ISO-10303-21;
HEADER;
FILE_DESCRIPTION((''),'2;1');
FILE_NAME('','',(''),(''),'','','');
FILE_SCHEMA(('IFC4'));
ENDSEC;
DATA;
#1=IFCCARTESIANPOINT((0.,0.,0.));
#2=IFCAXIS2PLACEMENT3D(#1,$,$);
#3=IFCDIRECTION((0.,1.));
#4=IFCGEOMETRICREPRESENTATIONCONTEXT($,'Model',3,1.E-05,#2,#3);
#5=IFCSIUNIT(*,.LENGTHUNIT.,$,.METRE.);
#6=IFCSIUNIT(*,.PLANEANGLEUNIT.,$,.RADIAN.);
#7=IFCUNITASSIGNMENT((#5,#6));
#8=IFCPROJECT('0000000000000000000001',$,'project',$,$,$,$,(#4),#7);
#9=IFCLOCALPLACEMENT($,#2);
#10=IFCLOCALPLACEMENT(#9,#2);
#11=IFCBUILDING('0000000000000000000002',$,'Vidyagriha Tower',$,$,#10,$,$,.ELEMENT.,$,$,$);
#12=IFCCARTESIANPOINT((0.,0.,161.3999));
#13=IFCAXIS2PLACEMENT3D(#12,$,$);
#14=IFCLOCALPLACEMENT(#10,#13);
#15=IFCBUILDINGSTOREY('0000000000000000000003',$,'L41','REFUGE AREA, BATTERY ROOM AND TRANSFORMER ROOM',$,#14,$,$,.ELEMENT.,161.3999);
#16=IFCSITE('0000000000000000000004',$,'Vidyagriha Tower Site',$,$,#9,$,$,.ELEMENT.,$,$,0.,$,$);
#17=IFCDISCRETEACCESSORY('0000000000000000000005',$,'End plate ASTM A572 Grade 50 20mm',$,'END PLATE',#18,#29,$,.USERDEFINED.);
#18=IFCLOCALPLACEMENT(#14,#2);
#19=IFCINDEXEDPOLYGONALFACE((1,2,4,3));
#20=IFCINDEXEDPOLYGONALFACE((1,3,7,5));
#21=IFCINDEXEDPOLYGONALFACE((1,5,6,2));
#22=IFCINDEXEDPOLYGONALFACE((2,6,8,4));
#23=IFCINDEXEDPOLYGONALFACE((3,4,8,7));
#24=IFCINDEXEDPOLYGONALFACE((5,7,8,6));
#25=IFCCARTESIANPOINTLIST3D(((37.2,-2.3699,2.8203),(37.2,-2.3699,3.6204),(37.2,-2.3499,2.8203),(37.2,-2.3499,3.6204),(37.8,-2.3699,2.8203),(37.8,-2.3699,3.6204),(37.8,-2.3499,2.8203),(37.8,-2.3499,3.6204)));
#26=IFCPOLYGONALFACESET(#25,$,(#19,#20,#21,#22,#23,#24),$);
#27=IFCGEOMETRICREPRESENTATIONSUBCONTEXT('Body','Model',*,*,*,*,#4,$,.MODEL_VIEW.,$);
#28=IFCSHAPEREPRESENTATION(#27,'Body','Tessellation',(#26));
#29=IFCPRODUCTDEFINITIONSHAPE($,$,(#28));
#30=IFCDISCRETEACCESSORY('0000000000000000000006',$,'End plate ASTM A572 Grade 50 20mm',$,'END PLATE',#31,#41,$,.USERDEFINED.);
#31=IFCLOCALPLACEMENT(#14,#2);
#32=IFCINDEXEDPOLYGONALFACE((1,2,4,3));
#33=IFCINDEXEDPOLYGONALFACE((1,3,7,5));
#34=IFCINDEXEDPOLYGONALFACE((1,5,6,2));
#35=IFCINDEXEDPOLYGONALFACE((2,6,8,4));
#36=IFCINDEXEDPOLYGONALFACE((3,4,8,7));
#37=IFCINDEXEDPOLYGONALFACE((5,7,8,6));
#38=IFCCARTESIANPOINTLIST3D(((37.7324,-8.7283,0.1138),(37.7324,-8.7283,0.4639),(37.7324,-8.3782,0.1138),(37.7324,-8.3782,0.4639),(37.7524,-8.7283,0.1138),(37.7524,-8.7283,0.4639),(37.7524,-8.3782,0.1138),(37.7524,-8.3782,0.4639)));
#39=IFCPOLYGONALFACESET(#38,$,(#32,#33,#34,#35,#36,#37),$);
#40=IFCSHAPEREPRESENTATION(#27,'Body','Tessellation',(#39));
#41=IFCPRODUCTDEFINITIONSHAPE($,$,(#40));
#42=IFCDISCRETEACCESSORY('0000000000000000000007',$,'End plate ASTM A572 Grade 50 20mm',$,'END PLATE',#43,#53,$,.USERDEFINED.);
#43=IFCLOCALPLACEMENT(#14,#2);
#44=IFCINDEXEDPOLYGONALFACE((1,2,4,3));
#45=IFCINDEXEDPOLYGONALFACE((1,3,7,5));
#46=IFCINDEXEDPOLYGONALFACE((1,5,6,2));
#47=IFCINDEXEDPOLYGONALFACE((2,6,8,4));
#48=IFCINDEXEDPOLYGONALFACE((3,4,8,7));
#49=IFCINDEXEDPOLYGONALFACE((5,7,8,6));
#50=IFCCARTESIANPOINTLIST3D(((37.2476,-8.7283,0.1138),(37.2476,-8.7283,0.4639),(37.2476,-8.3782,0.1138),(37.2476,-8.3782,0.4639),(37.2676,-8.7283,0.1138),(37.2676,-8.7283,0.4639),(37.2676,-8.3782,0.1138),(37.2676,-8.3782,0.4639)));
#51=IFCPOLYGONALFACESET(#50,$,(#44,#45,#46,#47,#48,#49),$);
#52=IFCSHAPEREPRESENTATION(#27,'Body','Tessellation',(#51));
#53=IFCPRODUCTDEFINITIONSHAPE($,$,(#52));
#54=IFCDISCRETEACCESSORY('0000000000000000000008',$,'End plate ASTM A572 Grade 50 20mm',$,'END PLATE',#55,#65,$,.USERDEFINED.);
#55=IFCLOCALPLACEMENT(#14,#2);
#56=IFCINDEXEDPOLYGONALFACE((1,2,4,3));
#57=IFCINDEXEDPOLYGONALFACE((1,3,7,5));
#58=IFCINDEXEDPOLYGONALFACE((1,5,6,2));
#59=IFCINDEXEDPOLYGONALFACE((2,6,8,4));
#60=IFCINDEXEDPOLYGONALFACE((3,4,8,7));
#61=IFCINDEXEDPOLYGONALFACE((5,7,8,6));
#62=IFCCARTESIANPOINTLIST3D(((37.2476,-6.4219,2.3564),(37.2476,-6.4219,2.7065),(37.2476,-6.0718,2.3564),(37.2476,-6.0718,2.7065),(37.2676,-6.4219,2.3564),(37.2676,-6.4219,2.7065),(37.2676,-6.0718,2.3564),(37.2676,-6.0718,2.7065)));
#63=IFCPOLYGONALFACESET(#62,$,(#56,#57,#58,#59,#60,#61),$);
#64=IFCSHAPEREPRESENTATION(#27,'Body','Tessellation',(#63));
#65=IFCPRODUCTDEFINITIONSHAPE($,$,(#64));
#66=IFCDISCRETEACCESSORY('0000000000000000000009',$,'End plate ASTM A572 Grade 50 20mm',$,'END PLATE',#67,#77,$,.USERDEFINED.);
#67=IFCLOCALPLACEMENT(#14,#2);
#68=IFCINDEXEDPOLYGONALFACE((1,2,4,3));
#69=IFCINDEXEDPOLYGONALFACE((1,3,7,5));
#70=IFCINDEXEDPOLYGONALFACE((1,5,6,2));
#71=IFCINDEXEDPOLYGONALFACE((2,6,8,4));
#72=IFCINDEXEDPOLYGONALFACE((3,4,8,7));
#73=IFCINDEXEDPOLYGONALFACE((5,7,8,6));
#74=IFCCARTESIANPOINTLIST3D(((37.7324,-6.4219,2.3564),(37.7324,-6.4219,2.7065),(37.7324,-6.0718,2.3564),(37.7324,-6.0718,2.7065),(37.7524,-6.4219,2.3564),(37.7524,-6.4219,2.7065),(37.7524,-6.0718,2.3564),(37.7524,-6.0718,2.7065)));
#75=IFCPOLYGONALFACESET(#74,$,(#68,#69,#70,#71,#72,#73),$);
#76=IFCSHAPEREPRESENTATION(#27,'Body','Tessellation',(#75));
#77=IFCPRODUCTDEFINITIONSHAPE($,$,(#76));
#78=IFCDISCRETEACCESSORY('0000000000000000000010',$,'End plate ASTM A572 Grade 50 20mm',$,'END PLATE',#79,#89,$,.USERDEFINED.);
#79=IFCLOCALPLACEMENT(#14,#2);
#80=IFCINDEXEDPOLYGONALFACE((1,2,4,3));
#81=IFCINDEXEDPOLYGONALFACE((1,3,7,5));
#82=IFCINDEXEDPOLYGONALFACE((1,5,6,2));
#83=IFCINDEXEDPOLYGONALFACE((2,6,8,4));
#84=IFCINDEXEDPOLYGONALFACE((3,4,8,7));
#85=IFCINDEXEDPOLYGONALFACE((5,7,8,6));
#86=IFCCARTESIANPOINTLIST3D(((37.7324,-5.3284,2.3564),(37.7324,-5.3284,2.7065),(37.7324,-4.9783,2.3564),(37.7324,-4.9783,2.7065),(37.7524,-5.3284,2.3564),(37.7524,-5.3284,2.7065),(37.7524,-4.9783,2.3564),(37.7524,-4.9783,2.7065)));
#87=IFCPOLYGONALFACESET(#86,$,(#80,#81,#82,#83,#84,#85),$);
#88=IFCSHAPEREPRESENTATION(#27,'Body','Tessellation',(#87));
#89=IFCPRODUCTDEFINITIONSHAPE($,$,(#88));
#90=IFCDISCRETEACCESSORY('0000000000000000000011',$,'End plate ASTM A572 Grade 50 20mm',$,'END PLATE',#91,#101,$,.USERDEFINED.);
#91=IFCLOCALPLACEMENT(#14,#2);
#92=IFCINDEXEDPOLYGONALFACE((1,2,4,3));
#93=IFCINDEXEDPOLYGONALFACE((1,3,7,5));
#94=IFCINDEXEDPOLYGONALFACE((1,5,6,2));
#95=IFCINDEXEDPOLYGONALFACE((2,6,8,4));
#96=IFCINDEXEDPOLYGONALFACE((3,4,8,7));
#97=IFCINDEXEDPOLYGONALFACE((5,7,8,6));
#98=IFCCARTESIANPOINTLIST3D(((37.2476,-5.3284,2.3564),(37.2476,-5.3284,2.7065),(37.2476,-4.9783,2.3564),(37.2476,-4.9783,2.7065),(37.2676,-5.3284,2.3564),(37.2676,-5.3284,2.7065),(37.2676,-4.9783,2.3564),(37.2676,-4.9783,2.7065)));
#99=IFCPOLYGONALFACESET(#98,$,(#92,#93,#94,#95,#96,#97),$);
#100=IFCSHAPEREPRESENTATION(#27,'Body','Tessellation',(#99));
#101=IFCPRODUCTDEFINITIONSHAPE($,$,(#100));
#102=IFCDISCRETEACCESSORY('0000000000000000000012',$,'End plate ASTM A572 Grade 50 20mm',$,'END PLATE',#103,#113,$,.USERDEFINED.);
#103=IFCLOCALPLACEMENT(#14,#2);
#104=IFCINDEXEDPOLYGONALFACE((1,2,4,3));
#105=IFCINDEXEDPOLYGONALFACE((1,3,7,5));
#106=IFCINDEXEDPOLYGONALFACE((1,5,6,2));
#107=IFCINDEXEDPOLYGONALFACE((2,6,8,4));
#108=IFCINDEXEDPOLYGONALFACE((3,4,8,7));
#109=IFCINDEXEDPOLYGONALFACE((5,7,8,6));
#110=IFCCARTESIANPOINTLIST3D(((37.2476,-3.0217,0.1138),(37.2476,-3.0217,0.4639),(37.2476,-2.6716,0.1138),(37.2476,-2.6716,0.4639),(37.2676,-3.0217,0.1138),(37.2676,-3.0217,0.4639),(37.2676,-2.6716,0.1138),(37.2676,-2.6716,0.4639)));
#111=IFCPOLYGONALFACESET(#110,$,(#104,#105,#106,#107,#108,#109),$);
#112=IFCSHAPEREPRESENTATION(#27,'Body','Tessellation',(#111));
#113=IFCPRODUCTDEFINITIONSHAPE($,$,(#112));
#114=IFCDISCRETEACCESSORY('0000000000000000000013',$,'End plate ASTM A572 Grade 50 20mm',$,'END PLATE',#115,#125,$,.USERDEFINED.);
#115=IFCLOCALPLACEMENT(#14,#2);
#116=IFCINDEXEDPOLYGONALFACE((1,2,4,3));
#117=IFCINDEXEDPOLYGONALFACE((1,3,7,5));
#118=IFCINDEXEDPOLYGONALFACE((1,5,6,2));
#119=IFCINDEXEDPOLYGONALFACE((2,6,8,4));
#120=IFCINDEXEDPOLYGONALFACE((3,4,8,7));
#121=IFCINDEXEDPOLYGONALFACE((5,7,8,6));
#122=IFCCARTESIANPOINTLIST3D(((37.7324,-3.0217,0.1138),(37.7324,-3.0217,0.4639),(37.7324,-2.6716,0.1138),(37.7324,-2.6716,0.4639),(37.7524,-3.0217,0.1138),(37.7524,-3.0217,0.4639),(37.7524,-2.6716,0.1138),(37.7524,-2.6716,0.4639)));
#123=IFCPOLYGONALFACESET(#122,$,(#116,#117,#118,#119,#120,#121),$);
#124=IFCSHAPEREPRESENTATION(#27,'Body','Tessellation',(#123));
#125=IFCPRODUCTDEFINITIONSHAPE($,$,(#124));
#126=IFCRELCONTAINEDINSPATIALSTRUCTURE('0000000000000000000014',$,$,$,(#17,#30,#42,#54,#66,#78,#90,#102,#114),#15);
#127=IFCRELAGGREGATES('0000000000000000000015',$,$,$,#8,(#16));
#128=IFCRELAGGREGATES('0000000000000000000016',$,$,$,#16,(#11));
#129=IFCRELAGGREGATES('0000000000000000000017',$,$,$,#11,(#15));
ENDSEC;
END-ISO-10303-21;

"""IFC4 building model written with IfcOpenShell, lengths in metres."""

from ifc_helpers import new_model, si_unit, direction, frame, origin, origin_2d, place, context, subcontext, project, spatial, rectangle, extrude, element, save


model = new_model("IFC4")

# Units and contexts
model_context = context("Model", 3, precision=1e-05, world=origin(), true_north=direction((0.0, 1.0)))
body_context = subcontext(model_context, "Body", "Model", "MODEL_VIEW")
ifc_project = project(units=[si_unit("LENGTHUNIT", "METRE"), si_unit("PLANEANGLEUNIT", "RADIAN")], contexts=[model_context])

# Site, building, storey
site_placement = place(None, origin())
site = spatial("IfcSite", under=ifc_project, at=site_placement, Name="Vidyagriha Tower Site", CompositionType="ELEMENT", RefElevation=0.0)
building_placement = place(site_placement, origin())
building = spatial("IfcBuilding", under=site, at=building_placement, Name="Vidyagriha Tower", CompositionType="ELEMENT")
storey_placement = place(building_placement, frame((0.0, 0.0, 161.3999)))
storey = spatial("IfcBuildingStorey", under=building, at=storey_placement, Name="L41", Description="REFUGE AREA, BATTERY ROOM AND TRANSFORMER ROOM", CompositionType="ELEMENT", Elevation=161.3999)

# Discrete accessories
discrete_accessory_placement = place(storey_placement, frame((37.5, -2.3599, 2.8203), z_axis=(0.0, 0.0, 1.0), x_axis=(0.0, 1.0, 0.0)))
element("IfcDiscreteAccessory", 1, at=discrete_accessory_placement, inside=storey, Name="End plate ASTM A572 Grade 50 20mm", ObjectType="END PLATE", PredefinedType="USERDEFINED", context=body_context, shape_type="SweptSolid", body=[
    extrude(rectangle(XDim=0.02, YDim=0.6001, at=origin_2d()), origin(), (0.0, 0.0, 1.0), 0.8),
])
for number, where, z_axis, x_axis, name in (
    (2, (37.7424, -8.5532, 0.1138), (0.0, 0.0, 1.0), (0.0, -1.0, 0.0), "End plate ASTM A572 Grade 50 20mm"),
    (3, (37.2576, -8.5532, 0.1138), (0.0, 0.0, 1.0), (0.0, -1.0, 0.0), "End plate ASTM A572 Grade 50 20mm"),
    (4, (37.2576, -6.2468, 2.3564), (0.0, 0.0, 1.0), (0.0, 1.0, 0.0), "End plate ASTM A572 Grade 50 20mm"),
    (5, (37.7424, -6.2468, 2.3564), (0.0, 0.0, 1.0), (0.0, 1.0, 0.0), "End plate ASTM A572 Grade 50 20mm"),
    (6, (37.7424, -5.1533, 2.3564), (0.0, 0.0, 1.0), (0.0, -1.0, 0.0), "End plate ASTM A572 Grade 50 20mm"),
    (7, (37.2576, -5.1533, 2.3564), (0.0, 0.0, 1.0), (0.0, -1.0, 0.0), "End plate ASTM A572 Grade 50 20mm"),
    (8, (37.2576, -2.8467, 0.1138), (0.0, 0.0, 1.0), (0.0, 1.0, 0.0), "End plate ASTM A572 Grade 50 20mm"),
    (9, (37.7424, -2.8467, 0.1138), (0.0, 0.0, 1.0), (0.0, 1.0, 0.0), "End plate ASTM A572 Grade 50 20mm"),
):
    element("IfcDiscreteAccessory", number, at=place(storey_placement, frame(where, z_axis=z_axis, x_axis=x_axis)), inside=storey, Name=name, ObjectType="END PLATE", PredefinedType="USERDEFINED", context=body_context, shape_type="SweptSolid", body=[
        extrude(rectangle(XDim=0.3501, YDim=0.02, at=origin_2d()), origin(), (0.0, 0.0, 1.0), 0.3501),
    ])

save(model, "model.ifc")
